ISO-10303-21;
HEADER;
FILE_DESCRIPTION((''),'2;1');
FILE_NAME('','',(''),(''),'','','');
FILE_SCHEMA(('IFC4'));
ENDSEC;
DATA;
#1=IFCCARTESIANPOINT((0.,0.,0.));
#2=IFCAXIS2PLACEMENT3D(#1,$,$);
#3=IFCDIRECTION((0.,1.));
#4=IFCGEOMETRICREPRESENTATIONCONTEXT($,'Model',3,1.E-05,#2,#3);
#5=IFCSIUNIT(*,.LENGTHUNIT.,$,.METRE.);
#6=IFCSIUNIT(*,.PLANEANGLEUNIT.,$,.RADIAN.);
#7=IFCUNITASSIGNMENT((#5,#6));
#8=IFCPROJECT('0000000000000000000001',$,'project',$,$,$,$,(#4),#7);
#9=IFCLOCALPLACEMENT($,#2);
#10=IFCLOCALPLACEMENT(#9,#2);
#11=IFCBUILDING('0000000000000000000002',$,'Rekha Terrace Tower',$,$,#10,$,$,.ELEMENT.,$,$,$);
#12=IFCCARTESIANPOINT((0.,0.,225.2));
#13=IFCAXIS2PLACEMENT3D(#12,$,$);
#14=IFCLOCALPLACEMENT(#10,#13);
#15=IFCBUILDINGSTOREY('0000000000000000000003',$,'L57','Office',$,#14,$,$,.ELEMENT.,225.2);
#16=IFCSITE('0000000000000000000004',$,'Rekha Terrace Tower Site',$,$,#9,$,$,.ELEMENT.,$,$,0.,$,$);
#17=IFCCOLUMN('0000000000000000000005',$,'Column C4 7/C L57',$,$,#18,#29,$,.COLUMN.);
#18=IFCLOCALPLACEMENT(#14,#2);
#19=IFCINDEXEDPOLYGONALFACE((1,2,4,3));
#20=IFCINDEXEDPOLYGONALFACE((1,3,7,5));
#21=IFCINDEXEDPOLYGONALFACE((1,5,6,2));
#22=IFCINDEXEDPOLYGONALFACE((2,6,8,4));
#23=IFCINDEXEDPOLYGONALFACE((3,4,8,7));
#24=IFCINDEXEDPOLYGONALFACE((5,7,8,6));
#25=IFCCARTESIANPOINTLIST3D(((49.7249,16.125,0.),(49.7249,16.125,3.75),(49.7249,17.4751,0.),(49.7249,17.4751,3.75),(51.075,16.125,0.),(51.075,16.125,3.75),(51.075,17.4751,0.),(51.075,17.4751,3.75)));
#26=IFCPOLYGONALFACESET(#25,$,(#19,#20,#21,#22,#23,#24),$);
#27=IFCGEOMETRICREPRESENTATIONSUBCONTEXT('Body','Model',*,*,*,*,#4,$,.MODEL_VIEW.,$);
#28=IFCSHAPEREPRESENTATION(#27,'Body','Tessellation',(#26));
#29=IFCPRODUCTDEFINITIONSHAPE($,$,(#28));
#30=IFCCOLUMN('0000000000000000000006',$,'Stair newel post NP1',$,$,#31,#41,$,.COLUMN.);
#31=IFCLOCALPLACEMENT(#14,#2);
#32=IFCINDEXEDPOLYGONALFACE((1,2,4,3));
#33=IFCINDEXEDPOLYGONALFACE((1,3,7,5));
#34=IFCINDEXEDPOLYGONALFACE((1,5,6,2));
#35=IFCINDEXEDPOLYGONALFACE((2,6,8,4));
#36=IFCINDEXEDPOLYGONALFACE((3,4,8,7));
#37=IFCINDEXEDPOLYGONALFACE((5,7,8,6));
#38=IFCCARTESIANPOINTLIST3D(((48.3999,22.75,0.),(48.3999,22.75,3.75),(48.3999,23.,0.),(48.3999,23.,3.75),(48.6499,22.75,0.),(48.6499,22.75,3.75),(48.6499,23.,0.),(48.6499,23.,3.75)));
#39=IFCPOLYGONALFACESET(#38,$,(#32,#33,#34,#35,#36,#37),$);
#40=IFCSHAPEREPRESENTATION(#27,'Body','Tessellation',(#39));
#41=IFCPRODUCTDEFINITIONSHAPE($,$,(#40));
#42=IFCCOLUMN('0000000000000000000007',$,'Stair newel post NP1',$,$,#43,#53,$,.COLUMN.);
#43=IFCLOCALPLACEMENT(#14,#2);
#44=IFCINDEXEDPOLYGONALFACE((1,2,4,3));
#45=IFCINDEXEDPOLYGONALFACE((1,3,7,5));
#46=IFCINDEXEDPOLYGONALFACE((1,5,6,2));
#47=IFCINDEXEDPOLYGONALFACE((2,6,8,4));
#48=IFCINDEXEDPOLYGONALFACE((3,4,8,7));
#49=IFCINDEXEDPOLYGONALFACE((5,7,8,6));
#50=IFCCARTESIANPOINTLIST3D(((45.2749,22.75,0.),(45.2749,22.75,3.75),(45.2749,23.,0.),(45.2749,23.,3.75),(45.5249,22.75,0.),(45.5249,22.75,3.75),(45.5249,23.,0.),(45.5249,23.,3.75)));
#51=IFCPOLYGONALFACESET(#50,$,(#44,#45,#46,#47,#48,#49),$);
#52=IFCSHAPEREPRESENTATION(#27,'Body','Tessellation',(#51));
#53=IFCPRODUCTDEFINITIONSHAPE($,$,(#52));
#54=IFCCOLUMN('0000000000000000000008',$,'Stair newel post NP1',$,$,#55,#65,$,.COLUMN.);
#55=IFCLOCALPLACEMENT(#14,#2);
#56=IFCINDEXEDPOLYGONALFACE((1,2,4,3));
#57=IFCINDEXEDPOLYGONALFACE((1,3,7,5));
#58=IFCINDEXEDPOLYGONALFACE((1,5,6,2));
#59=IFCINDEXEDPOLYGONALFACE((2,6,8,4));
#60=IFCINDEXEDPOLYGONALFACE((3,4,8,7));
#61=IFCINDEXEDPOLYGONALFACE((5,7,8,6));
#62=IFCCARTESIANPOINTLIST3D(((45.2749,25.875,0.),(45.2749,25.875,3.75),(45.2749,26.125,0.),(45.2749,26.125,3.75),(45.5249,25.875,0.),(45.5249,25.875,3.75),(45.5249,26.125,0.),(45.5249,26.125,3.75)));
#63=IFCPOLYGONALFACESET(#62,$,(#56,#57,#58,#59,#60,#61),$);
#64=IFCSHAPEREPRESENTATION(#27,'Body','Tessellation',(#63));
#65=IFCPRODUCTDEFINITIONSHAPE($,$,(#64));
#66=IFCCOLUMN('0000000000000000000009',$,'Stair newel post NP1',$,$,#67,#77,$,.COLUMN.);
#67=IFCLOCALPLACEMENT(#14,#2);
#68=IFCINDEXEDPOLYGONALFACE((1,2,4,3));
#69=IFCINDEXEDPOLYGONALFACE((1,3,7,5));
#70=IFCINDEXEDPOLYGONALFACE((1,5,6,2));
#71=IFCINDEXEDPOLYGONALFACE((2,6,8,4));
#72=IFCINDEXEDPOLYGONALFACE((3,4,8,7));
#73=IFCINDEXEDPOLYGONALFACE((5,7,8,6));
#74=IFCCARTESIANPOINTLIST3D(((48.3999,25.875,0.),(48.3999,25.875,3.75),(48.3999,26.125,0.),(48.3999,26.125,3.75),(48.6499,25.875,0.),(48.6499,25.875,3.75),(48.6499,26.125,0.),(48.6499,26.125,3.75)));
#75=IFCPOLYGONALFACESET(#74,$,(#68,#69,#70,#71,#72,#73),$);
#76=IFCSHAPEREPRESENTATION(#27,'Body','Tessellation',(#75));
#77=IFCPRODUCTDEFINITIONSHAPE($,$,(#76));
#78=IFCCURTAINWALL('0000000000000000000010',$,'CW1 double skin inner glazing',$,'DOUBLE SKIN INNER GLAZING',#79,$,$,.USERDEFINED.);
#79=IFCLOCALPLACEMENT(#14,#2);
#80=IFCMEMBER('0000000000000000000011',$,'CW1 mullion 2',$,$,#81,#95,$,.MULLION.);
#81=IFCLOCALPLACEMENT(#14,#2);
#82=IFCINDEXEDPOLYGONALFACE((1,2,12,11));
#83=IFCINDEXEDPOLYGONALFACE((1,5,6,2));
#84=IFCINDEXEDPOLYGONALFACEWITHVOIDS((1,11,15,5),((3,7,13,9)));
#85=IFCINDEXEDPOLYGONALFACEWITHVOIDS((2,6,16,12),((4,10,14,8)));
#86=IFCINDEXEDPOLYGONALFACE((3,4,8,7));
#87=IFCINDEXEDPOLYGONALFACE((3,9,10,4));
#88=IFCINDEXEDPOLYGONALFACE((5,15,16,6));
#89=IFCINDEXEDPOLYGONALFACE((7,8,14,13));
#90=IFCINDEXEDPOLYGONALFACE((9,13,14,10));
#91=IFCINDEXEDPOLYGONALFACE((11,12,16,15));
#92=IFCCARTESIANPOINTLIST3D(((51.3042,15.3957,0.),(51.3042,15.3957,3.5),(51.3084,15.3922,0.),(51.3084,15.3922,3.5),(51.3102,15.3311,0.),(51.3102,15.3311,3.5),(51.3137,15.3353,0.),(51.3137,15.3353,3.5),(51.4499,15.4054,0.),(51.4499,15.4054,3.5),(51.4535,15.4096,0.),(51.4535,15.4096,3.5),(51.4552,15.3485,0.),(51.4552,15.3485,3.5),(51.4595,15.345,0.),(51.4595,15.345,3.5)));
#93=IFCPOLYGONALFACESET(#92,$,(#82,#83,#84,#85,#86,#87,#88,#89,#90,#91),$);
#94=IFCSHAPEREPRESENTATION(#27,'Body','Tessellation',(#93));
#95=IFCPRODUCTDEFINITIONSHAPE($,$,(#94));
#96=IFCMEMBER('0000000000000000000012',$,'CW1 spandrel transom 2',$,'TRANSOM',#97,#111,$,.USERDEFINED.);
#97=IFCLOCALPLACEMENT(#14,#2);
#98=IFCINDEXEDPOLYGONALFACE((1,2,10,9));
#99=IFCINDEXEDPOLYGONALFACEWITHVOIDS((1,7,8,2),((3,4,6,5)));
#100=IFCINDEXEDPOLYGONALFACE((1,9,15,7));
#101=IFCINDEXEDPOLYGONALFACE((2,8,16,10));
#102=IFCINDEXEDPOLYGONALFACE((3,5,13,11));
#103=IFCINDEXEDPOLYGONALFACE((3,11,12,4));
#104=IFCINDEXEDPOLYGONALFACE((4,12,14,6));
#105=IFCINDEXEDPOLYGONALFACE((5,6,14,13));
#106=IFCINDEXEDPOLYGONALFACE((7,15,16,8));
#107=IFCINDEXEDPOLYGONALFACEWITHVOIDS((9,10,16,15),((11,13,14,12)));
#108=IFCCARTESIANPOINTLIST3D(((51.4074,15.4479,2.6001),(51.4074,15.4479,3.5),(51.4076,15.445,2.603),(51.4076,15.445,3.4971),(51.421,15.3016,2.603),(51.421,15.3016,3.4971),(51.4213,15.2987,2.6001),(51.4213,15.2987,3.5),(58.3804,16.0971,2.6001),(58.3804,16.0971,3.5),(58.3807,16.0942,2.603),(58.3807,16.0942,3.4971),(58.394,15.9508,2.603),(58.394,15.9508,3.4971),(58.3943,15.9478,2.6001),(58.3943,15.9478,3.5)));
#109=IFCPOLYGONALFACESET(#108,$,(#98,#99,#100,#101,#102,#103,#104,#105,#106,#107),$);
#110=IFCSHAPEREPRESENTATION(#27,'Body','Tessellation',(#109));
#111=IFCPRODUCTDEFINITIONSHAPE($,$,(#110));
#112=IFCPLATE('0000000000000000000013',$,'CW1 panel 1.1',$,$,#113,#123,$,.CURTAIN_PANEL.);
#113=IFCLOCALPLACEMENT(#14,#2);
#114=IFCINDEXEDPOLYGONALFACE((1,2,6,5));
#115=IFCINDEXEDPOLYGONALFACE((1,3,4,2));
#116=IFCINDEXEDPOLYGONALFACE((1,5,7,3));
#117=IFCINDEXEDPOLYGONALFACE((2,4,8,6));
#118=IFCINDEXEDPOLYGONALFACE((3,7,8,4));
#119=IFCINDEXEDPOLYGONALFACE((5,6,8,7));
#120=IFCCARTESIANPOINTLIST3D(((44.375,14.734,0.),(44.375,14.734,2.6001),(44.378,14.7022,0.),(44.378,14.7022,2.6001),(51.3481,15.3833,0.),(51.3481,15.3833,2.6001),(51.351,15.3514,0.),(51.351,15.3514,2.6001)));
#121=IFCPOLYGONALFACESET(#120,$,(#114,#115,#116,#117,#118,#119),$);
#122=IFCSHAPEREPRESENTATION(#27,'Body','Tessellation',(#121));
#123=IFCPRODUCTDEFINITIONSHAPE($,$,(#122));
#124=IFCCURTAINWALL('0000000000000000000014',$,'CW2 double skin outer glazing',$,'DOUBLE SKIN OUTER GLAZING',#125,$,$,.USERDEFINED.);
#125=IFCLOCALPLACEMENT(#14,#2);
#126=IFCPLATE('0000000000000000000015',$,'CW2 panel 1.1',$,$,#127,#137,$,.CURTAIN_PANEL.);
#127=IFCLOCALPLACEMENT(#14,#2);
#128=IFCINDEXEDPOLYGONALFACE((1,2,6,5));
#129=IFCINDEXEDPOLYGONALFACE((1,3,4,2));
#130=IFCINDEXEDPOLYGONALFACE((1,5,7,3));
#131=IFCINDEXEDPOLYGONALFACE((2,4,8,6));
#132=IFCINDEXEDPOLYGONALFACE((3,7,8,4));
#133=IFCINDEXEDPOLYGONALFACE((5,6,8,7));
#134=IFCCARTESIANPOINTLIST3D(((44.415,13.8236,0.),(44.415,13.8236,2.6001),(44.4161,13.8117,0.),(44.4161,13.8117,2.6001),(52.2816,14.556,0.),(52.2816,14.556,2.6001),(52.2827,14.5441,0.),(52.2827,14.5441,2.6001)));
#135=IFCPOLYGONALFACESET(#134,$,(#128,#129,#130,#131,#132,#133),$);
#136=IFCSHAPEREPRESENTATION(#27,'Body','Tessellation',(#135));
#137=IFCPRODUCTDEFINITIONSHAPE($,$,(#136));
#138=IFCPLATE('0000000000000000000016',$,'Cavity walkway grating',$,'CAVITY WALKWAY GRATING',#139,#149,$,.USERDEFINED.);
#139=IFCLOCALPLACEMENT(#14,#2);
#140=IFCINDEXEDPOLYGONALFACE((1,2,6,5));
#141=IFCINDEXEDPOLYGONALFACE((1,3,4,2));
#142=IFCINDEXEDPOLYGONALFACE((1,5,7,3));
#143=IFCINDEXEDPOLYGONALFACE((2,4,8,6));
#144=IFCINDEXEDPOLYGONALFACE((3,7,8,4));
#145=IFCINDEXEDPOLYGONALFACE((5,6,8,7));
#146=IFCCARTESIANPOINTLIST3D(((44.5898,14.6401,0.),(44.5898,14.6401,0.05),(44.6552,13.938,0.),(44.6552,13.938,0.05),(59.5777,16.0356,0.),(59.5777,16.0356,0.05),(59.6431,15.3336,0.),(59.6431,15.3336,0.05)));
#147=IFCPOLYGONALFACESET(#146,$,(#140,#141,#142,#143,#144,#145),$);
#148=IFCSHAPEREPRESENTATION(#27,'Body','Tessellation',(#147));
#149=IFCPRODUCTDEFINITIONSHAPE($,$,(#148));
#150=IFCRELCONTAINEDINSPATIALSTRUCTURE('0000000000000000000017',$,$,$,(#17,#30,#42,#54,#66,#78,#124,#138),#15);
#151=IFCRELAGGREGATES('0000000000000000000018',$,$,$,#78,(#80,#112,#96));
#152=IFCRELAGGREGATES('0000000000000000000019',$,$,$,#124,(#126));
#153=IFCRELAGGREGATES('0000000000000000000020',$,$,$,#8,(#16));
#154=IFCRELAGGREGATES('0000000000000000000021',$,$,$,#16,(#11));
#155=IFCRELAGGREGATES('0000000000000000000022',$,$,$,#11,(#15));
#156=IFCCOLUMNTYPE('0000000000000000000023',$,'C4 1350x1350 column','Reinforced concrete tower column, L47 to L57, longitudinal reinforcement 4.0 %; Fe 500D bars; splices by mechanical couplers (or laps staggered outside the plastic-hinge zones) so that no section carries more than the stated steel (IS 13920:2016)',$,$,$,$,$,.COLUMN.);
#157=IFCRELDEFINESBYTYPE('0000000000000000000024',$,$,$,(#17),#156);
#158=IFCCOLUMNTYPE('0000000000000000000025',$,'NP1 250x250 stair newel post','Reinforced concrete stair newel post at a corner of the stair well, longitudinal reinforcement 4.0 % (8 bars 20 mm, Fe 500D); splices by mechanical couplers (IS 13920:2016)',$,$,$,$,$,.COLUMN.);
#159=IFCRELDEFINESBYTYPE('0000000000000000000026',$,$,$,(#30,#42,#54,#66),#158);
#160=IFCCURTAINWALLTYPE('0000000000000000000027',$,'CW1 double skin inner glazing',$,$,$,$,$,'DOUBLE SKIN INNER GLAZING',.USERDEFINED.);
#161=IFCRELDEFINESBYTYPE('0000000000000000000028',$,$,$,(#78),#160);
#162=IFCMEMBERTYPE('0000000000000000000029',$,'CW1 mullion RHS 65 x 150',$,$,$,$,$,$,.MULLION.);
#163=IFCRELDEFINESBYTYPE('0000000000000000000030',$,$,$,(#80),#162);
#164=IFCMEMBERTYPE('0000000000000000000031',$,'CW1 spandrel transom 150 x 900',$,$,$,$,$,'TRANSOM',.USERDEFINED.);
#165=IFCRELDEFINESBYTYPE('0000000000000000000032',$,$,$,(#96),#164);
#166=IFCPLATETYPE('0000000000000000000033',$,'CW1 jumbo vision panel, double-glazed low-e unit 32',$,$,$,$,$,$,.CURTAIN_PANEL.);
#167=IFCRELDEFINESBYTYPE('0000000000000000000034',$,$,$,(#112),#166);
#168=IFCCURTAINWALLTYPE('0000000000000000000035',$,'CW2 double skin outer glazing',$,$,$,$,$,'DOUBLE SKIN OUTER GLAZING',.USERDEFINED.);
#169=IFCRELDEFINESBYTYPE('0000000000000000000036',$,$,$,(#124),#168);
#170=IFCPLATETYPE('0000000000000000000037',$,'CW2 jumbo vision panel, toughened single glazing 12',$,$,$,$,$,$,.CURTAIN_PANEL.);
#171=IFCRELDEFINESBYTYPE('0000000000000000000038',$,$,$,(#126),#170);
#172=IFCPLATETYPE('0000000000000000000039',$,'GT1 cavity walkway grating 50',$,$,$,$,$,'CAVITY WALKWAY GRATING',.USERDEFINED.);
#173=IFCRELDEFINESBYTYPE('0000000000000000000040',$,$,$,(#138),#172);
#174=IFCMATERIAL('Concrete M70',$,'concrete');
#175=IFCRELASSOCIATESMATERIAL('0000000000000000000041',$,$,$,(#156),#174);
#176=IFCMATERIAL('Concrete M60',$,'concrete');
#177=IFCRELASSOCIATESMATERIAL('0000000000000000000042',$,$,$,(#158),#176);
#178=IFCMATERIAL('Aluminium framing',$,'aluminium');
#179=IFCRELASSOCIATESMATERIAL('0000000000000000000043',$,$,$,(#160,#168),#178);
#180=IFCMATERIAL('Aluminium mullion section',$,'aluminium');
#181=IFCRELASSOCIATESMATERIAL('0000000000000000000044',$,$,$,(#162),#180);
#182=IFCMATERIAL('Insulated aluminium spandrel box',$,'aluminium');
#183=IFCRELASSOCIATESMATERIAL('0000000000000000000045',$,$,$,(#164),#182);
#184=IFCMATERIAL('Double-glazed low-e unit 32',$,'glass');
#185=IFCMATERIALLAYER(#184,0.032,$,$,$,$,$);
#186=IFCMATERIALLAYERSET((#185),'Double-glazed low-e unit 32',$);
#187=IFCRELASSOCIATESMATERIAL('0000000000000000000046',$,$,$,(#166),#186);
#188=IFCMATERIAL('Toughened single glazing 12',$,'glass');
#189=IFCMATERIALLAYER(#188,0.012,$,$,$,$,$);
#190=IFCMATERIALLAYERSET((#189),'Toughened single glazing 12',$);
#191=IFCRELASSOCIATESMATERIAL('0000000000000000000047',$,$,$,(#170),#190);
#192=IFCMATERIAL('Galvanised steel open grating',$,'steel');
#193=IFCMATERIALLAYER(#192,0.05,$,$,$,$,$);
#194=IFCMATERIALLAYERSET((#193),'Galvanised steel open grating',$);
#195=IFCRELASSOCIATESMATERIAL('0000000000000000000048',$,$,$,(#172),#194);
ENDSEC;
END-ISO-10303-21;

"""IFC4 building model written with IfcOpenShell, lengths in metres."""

from ifc_helpers import new_model, si_unit, direction, frame, origin, origin_2d, place, context, subcontext, project, spatial, rectangle, hollow_rectangle, extrude, material, layer, layer_set, material_profile, profile_set, type_object, element, aggregate, save


model = new_model("IFC4")

# Units and contexts
model_context = context("Model", 3, precision=1e-05, world=origin(), true_north=direction((0.0, 1.0)))
body_context = subcontext(model_context, "Body", "Model", "MODEL_VIEW")
ifc_project = project(units=[si_unit("LENGTHUNIT", "METRE"), si_unit("PLANEANGLEUNIT", "RADIAN")], contexts=[model_context])

# Site, building, storey
site_placement = place(None, origin())
site = spatial("IfcSite", under=ifc_project, at=site_placement, Name="Rekha Terrace Tower Site", CompositionType="ELEMENT", RefElevation=0.0)
building_placement = place(site_placement, origin())
building = spatial("IfcBuilding", under=site, at=building_placement, Name="Rekha Terrace Tower", CompositionType="ELEMENT")
storey_placement = place(building_placement, frame((0.0, 0.0, 225.2)))
storey = spatial("IfcBuildingStorey", under=building, at=storey_placement, Name="L57", Description="Office", CompositionType="ELEMENT", Elevation=225.2)

# Columns
ifc_material_1 = material(Name="Concrete M70", Category="concrete")
ifc_material_profile_1 = material_profile(ifc_material_1, rectangle(XDim=1.3501, YDim=1.3501, at=origin_2d()), Name="RC 1350x1350")
ifc_profile_set_1 = profile_set([ifc_material_profile_1], Name="Concrete M70")
column_type_1 = type_object("IfcColumnType", Name="C4 1350x1350 column", Description="Reinforced concrete tower column, L47 to L57, longitudinal reinforcement 4.0 %; Fe 500D bars; splices by mechanical couplers (or laps staggered outside the plastic-hinge zones) so that no section carries more than the stated steel (IS 13920:2016)", PredefinedType="COLUMN", material=ifc_profile_set_1)
column_placement = place(storey_placement, frame((50.3999, 16.8, 0.0), z_axis=(0.0, 0.0, 1.0), x_axis=(1.0, 0.0, 0.0)))
element("IfcColumn", 1, at=column_placement, inside=storey, type_object=column_type_1, Name="Column C4 7/C L57", PredefinedType="COLUMN", context=body_context, shape_type="SweptSolid", body=[
    extrude(rectangle(XDim=1.3501, YDim=1.3501, at=origin_2d()), origin(), (0.0, 0.0, 1.0), 3.75),
])
ifc_material_2 = material(Name="Concrete M60", Category="concrete")
ifc_material_profile_2 = material_profile(ifc_material_2, rectangle(XDim=0.25, YDim=0.25, at=origin_2d()), Name="RC 250x250")
ifc_profile_set_2 = profile_set([ifc_material_profile_2], Name="Concrete M60")
column_type_2 = type_object("IfcColumnType", Name="NP1 250x250 stair newel post", Description="Reinforced concrete stair newel post at a corner of the stair well, longitudinal reinforcement 4.0 % (8 bars 20 mm, Fe 500D); splices by mechanical couplers (IS 13920:2016)", PredefinedType="COLUMN", material=ifc_profile_set_2)
for number, where, z_axis, x_axis, name in (
    (2, (48.5249, 22.875, 0.0), (0.0, 0.0, 1.0), (1.0, 0.0, 0.0), "Stair newel post NP1"),
    (3, (45.3999, 22.875, 0.0), (0.0, 0.0, 1.0), (1.0, 0.0, 0.0), "Stair newel post NP1"),
    (4, (45.3999, 26.0, 0.0), (0.0, 0.0, 1.0), (1.0, 0.0, 0.0), "Stair newel post NP1"),
    (5, (48.5249, 26.0, 0.0), (0.0, 0.0, 1.0), (1.0, 0.0, 0.0), "Stair newel post NP1"),
):
    element("IfcColumn", number, at=place(storey_placement, frame(where, z_axis=z_axis, x_axis=x_axis)), inside=storey, type_object=column_type_2, Name=name, PredefinedType="COLUMN", context=body_context, shape_type="SweptSolid", body=[
        extrude(rectangle(XDim=0.25, YDim=0.25, at=origin_2d()), origin(), (0.0, 0.0, 1.0), 3.75),
    ])

# Curtain wall, members, plate
ifc_material_3 = material(Name="Aluminium framing", Category="aluminium")
curtain_wall_type_1 = type_object("IfcCurtainWallType", Name="CW1 double skin inner glazing", ElementType="DOUBLE SKIN INNER GLAZING", PredefinedType="USERDEFINED", material=ifc_material_3)
curtain_wall_1_placement = place(storey_placement, origin())
curtain_wall_1 = element("IfcCurtainWall", 6, at=curtain_wall_1_placement, inside=storey, type_object=curtain_wall_type_1, Name="CW1 double skin inner glazing", ObjectType="DOUBLE SKIN INNER GLAZING", PredefinedType="USERDEFINED")
ifc_material_4 = material(Name="Aluminium mullion section", Category="aluminium")
ifc_material_profile_3 = material_profile(ifc_material_4, hollow_rectangle(XDim=0.0649, YDim=0.1499, WallThickness=0.0039, at=origin_2d()), Name="AL RHS 65x150")
ifc_profile_set_3 = profile_set([ifc_material_profile_3], Name="Aluminium mullion section")
member_type_1 = type_object("IfcMemberType", Name="CW1 mullion RHS 65 x 150", PredefinedType="MULLION", material=ifc_profile_set_3)
member_1_placement = place(storey_placement, frame((51.3818, 15.3704, 0.0), z_axis=(0.0, 0.0, 1.0), x_axis=(-0.092709, 0.995693, 0.0)))
member_1 = element("IfcMember", 7, at=member_1_placement, type_object=member_type_1, Name="CW1 mullion 2", PredefinedType="MULLION", context=body_context, shape_type="SweptSolid", body=[
    extrude(hollow_rectangle(XDim=0.0649, YDim=0.1499, WallThickness=0.0039, at=origin_2d()), origin(), (0.0, 0.0, 1.0), 3.5),
])
ifc_material_5 = material(Name="Insulated aluminium spandrel box", Category="aluminium")
ifc_material_profile_4 = material_profile(ifc_material_5, hollow_rectangle(XDim=0.1499, YDim=0.8999, WallThickness=0.0029, at=origin_2d()), Name="AL SPANDREL BOX 150x900")
ifc_profile_set_4 = profile_set([ifc_material_profile_4], Name="Insulated aluminium spandrel box")
member_type_2 = type_object("IfcMemberType", Name="CW1 spandrel transom 150 x 900", ElementType="TRANSOM", PredefinedType="USERDEFINED", material=ifc_profile_set_4)
member_2_placement = place(storey_placement, frame((51.4143, 15.3733, 3.05), z_axis=(0.995694, 0.092698, 0.0), x_axis=(-0.092698, 0.995694, 0.0)))
member_2 = element("IfcMember", 8, at=member_2_placement, type_object=member_type_2, Name="CW1 spandrel transom 2", ObjectType="TRANSOM", PredefinedType="USERDEFINED", context=body_context, shape_type="SweptSolid", body=[
    extrude(hollow_rectangle(XDim=0.1499, YDim=0.8999, WallThickness=0.0029, at=origin_2d()), origin(), (0.0, 0.0, 1.0), 7.0032),
])
ifc_material_6 = material(Name="Double-glazed low-e unit 32", Category="glass")
ifc_layer_1 = layer(ifc_material_6, 0.032)
ifc_layer_set_1 = layer_set([ifc_layer_1], Name="Double-glazed low-e unit 32")
plate_type_1 = type_object("IfcPlateType", Name="CW1 jumbo vision panel, double-glazed low-e unit 32", PredefinedType="CURTAIN_PANEL", material=ifc_layer_set_1)
plate_1_placement = place(storey_placement, frame((47.863, 15.0427, 0.0), z_axis=(0.0, 0.0, 1.0), x_axis=(0.995693, 0.092709, 0.0)))
plate_1 = element("IfcPlate", 9, at=plate_1_placement, type_object=plate_type_1, Name="CW1 panel 1.1", PredefinedType="CURTAIN_PANEL", context=body_context, shape_type="SweptSolid", body=[
    extrude(rectangle(XDim=7.0032, YDim=0.032, at=origin_2d()), origin(), (0.0, 0.0, 1.0), 2.6001),
])
aggregate(curtain_wall_1, [member_1, plate_1, member_2])

# Curtain wall, plate
curtain_wall_type_2 = type_object("IfcCurtainWallType", Name="CW2 double skin outer glazing", ElementType="DOUBLE SKIN OUTER GLAZING", PredefinedType="USERDEFINED", material=ifc_material_3)
curtain_wall_2_placement = place(storey_placement, origin())
curtain_wall_2 = element("IfcCurtainWall", 10, at=curtain_wall_2_placement, inside=storey, type_object=curtain_wall_type_2, Name="CW2 double skin outer glazing", ObjectType="DOUBLE SKIN OUTER GLAZING", PredefinedType="USERDEFINED")
ifc_material_7 = material(Name="Toughened single glazing 12", Category="glass")
ifc_layer_2 = layer(ifc_material_7, 0.012)
ifc_layer_set_2 = layer_set([ifc_layer_2], Name="Toughened single glazing 12")
plate_type_2 = type_object("IfcPlateType", Name="CW2 jumbo vision panel, toughened single glazing 12", PredefinedType="CURTAIN_PANEL", material=ifc_layer_set_2)
plate_2_placement = place(storey_placement, frame((48.3489, 14.1838, 0.0), z_axis=(0.0, 0.0, 1.0), x_axis=(0.995693, 0.092709, 0.0)))
plate_2 = element("IfcPlate", 11, at=plate_2_placement, type_object=plate_type_2, Name="CW2 panel 1.1", PredefinedType="CURTAIN_PANEL", context=body_context, shape_type="SweptSolid", body=[
    extrude(rectangle(XDim=7.9006, YDim=0.012, at=origin_2d()), origin(), (0.0, 0.0, 1.0), 2.6001),
])
aggregate(curtain_wall_2, [plate_2])

# Plate
ifc_material_8 = material(Name="Galvanised steel open grating", Category="steel")
ifc_layer_3 = layer(ifc_material_8, 0.05)
ifc_layer_set_3 = layer_set([ifc_layer_3], Name="Galvanised steel open grating")
plate_type_3 = type_object("IfcPlateType", Name="GT1 cavity walkway grating 50", ElementType="CAVITY WALKWAY GRATING", PredefinedType="USERDEFINED", material=ifc_layer_set_3)
plate_3_placement = place(storey_placement, frame((52.1165, 14.9868, 0.0), z_axis=(0.0, 0.0, 1.0), x_axis=(0.995693, 0.092709, 0.0)))
element("IfcPlate", 12, at=plate_3_placement, inside=storey, type_object=plate_type_3, Name="Cavity walkway grating", ObjectType="CAVITY WALKWAY GRATING", PredefinedType="USERDEFINED", context=body_context, shape_type="SweptSolid", body=[
    extrude(rectangle(XDim=15.0527, YDim=0.7051, at=origin_2d()), origin(), (0.0, 0.0, 1.0), 0.05),
])

save(model, "model.ifc")
